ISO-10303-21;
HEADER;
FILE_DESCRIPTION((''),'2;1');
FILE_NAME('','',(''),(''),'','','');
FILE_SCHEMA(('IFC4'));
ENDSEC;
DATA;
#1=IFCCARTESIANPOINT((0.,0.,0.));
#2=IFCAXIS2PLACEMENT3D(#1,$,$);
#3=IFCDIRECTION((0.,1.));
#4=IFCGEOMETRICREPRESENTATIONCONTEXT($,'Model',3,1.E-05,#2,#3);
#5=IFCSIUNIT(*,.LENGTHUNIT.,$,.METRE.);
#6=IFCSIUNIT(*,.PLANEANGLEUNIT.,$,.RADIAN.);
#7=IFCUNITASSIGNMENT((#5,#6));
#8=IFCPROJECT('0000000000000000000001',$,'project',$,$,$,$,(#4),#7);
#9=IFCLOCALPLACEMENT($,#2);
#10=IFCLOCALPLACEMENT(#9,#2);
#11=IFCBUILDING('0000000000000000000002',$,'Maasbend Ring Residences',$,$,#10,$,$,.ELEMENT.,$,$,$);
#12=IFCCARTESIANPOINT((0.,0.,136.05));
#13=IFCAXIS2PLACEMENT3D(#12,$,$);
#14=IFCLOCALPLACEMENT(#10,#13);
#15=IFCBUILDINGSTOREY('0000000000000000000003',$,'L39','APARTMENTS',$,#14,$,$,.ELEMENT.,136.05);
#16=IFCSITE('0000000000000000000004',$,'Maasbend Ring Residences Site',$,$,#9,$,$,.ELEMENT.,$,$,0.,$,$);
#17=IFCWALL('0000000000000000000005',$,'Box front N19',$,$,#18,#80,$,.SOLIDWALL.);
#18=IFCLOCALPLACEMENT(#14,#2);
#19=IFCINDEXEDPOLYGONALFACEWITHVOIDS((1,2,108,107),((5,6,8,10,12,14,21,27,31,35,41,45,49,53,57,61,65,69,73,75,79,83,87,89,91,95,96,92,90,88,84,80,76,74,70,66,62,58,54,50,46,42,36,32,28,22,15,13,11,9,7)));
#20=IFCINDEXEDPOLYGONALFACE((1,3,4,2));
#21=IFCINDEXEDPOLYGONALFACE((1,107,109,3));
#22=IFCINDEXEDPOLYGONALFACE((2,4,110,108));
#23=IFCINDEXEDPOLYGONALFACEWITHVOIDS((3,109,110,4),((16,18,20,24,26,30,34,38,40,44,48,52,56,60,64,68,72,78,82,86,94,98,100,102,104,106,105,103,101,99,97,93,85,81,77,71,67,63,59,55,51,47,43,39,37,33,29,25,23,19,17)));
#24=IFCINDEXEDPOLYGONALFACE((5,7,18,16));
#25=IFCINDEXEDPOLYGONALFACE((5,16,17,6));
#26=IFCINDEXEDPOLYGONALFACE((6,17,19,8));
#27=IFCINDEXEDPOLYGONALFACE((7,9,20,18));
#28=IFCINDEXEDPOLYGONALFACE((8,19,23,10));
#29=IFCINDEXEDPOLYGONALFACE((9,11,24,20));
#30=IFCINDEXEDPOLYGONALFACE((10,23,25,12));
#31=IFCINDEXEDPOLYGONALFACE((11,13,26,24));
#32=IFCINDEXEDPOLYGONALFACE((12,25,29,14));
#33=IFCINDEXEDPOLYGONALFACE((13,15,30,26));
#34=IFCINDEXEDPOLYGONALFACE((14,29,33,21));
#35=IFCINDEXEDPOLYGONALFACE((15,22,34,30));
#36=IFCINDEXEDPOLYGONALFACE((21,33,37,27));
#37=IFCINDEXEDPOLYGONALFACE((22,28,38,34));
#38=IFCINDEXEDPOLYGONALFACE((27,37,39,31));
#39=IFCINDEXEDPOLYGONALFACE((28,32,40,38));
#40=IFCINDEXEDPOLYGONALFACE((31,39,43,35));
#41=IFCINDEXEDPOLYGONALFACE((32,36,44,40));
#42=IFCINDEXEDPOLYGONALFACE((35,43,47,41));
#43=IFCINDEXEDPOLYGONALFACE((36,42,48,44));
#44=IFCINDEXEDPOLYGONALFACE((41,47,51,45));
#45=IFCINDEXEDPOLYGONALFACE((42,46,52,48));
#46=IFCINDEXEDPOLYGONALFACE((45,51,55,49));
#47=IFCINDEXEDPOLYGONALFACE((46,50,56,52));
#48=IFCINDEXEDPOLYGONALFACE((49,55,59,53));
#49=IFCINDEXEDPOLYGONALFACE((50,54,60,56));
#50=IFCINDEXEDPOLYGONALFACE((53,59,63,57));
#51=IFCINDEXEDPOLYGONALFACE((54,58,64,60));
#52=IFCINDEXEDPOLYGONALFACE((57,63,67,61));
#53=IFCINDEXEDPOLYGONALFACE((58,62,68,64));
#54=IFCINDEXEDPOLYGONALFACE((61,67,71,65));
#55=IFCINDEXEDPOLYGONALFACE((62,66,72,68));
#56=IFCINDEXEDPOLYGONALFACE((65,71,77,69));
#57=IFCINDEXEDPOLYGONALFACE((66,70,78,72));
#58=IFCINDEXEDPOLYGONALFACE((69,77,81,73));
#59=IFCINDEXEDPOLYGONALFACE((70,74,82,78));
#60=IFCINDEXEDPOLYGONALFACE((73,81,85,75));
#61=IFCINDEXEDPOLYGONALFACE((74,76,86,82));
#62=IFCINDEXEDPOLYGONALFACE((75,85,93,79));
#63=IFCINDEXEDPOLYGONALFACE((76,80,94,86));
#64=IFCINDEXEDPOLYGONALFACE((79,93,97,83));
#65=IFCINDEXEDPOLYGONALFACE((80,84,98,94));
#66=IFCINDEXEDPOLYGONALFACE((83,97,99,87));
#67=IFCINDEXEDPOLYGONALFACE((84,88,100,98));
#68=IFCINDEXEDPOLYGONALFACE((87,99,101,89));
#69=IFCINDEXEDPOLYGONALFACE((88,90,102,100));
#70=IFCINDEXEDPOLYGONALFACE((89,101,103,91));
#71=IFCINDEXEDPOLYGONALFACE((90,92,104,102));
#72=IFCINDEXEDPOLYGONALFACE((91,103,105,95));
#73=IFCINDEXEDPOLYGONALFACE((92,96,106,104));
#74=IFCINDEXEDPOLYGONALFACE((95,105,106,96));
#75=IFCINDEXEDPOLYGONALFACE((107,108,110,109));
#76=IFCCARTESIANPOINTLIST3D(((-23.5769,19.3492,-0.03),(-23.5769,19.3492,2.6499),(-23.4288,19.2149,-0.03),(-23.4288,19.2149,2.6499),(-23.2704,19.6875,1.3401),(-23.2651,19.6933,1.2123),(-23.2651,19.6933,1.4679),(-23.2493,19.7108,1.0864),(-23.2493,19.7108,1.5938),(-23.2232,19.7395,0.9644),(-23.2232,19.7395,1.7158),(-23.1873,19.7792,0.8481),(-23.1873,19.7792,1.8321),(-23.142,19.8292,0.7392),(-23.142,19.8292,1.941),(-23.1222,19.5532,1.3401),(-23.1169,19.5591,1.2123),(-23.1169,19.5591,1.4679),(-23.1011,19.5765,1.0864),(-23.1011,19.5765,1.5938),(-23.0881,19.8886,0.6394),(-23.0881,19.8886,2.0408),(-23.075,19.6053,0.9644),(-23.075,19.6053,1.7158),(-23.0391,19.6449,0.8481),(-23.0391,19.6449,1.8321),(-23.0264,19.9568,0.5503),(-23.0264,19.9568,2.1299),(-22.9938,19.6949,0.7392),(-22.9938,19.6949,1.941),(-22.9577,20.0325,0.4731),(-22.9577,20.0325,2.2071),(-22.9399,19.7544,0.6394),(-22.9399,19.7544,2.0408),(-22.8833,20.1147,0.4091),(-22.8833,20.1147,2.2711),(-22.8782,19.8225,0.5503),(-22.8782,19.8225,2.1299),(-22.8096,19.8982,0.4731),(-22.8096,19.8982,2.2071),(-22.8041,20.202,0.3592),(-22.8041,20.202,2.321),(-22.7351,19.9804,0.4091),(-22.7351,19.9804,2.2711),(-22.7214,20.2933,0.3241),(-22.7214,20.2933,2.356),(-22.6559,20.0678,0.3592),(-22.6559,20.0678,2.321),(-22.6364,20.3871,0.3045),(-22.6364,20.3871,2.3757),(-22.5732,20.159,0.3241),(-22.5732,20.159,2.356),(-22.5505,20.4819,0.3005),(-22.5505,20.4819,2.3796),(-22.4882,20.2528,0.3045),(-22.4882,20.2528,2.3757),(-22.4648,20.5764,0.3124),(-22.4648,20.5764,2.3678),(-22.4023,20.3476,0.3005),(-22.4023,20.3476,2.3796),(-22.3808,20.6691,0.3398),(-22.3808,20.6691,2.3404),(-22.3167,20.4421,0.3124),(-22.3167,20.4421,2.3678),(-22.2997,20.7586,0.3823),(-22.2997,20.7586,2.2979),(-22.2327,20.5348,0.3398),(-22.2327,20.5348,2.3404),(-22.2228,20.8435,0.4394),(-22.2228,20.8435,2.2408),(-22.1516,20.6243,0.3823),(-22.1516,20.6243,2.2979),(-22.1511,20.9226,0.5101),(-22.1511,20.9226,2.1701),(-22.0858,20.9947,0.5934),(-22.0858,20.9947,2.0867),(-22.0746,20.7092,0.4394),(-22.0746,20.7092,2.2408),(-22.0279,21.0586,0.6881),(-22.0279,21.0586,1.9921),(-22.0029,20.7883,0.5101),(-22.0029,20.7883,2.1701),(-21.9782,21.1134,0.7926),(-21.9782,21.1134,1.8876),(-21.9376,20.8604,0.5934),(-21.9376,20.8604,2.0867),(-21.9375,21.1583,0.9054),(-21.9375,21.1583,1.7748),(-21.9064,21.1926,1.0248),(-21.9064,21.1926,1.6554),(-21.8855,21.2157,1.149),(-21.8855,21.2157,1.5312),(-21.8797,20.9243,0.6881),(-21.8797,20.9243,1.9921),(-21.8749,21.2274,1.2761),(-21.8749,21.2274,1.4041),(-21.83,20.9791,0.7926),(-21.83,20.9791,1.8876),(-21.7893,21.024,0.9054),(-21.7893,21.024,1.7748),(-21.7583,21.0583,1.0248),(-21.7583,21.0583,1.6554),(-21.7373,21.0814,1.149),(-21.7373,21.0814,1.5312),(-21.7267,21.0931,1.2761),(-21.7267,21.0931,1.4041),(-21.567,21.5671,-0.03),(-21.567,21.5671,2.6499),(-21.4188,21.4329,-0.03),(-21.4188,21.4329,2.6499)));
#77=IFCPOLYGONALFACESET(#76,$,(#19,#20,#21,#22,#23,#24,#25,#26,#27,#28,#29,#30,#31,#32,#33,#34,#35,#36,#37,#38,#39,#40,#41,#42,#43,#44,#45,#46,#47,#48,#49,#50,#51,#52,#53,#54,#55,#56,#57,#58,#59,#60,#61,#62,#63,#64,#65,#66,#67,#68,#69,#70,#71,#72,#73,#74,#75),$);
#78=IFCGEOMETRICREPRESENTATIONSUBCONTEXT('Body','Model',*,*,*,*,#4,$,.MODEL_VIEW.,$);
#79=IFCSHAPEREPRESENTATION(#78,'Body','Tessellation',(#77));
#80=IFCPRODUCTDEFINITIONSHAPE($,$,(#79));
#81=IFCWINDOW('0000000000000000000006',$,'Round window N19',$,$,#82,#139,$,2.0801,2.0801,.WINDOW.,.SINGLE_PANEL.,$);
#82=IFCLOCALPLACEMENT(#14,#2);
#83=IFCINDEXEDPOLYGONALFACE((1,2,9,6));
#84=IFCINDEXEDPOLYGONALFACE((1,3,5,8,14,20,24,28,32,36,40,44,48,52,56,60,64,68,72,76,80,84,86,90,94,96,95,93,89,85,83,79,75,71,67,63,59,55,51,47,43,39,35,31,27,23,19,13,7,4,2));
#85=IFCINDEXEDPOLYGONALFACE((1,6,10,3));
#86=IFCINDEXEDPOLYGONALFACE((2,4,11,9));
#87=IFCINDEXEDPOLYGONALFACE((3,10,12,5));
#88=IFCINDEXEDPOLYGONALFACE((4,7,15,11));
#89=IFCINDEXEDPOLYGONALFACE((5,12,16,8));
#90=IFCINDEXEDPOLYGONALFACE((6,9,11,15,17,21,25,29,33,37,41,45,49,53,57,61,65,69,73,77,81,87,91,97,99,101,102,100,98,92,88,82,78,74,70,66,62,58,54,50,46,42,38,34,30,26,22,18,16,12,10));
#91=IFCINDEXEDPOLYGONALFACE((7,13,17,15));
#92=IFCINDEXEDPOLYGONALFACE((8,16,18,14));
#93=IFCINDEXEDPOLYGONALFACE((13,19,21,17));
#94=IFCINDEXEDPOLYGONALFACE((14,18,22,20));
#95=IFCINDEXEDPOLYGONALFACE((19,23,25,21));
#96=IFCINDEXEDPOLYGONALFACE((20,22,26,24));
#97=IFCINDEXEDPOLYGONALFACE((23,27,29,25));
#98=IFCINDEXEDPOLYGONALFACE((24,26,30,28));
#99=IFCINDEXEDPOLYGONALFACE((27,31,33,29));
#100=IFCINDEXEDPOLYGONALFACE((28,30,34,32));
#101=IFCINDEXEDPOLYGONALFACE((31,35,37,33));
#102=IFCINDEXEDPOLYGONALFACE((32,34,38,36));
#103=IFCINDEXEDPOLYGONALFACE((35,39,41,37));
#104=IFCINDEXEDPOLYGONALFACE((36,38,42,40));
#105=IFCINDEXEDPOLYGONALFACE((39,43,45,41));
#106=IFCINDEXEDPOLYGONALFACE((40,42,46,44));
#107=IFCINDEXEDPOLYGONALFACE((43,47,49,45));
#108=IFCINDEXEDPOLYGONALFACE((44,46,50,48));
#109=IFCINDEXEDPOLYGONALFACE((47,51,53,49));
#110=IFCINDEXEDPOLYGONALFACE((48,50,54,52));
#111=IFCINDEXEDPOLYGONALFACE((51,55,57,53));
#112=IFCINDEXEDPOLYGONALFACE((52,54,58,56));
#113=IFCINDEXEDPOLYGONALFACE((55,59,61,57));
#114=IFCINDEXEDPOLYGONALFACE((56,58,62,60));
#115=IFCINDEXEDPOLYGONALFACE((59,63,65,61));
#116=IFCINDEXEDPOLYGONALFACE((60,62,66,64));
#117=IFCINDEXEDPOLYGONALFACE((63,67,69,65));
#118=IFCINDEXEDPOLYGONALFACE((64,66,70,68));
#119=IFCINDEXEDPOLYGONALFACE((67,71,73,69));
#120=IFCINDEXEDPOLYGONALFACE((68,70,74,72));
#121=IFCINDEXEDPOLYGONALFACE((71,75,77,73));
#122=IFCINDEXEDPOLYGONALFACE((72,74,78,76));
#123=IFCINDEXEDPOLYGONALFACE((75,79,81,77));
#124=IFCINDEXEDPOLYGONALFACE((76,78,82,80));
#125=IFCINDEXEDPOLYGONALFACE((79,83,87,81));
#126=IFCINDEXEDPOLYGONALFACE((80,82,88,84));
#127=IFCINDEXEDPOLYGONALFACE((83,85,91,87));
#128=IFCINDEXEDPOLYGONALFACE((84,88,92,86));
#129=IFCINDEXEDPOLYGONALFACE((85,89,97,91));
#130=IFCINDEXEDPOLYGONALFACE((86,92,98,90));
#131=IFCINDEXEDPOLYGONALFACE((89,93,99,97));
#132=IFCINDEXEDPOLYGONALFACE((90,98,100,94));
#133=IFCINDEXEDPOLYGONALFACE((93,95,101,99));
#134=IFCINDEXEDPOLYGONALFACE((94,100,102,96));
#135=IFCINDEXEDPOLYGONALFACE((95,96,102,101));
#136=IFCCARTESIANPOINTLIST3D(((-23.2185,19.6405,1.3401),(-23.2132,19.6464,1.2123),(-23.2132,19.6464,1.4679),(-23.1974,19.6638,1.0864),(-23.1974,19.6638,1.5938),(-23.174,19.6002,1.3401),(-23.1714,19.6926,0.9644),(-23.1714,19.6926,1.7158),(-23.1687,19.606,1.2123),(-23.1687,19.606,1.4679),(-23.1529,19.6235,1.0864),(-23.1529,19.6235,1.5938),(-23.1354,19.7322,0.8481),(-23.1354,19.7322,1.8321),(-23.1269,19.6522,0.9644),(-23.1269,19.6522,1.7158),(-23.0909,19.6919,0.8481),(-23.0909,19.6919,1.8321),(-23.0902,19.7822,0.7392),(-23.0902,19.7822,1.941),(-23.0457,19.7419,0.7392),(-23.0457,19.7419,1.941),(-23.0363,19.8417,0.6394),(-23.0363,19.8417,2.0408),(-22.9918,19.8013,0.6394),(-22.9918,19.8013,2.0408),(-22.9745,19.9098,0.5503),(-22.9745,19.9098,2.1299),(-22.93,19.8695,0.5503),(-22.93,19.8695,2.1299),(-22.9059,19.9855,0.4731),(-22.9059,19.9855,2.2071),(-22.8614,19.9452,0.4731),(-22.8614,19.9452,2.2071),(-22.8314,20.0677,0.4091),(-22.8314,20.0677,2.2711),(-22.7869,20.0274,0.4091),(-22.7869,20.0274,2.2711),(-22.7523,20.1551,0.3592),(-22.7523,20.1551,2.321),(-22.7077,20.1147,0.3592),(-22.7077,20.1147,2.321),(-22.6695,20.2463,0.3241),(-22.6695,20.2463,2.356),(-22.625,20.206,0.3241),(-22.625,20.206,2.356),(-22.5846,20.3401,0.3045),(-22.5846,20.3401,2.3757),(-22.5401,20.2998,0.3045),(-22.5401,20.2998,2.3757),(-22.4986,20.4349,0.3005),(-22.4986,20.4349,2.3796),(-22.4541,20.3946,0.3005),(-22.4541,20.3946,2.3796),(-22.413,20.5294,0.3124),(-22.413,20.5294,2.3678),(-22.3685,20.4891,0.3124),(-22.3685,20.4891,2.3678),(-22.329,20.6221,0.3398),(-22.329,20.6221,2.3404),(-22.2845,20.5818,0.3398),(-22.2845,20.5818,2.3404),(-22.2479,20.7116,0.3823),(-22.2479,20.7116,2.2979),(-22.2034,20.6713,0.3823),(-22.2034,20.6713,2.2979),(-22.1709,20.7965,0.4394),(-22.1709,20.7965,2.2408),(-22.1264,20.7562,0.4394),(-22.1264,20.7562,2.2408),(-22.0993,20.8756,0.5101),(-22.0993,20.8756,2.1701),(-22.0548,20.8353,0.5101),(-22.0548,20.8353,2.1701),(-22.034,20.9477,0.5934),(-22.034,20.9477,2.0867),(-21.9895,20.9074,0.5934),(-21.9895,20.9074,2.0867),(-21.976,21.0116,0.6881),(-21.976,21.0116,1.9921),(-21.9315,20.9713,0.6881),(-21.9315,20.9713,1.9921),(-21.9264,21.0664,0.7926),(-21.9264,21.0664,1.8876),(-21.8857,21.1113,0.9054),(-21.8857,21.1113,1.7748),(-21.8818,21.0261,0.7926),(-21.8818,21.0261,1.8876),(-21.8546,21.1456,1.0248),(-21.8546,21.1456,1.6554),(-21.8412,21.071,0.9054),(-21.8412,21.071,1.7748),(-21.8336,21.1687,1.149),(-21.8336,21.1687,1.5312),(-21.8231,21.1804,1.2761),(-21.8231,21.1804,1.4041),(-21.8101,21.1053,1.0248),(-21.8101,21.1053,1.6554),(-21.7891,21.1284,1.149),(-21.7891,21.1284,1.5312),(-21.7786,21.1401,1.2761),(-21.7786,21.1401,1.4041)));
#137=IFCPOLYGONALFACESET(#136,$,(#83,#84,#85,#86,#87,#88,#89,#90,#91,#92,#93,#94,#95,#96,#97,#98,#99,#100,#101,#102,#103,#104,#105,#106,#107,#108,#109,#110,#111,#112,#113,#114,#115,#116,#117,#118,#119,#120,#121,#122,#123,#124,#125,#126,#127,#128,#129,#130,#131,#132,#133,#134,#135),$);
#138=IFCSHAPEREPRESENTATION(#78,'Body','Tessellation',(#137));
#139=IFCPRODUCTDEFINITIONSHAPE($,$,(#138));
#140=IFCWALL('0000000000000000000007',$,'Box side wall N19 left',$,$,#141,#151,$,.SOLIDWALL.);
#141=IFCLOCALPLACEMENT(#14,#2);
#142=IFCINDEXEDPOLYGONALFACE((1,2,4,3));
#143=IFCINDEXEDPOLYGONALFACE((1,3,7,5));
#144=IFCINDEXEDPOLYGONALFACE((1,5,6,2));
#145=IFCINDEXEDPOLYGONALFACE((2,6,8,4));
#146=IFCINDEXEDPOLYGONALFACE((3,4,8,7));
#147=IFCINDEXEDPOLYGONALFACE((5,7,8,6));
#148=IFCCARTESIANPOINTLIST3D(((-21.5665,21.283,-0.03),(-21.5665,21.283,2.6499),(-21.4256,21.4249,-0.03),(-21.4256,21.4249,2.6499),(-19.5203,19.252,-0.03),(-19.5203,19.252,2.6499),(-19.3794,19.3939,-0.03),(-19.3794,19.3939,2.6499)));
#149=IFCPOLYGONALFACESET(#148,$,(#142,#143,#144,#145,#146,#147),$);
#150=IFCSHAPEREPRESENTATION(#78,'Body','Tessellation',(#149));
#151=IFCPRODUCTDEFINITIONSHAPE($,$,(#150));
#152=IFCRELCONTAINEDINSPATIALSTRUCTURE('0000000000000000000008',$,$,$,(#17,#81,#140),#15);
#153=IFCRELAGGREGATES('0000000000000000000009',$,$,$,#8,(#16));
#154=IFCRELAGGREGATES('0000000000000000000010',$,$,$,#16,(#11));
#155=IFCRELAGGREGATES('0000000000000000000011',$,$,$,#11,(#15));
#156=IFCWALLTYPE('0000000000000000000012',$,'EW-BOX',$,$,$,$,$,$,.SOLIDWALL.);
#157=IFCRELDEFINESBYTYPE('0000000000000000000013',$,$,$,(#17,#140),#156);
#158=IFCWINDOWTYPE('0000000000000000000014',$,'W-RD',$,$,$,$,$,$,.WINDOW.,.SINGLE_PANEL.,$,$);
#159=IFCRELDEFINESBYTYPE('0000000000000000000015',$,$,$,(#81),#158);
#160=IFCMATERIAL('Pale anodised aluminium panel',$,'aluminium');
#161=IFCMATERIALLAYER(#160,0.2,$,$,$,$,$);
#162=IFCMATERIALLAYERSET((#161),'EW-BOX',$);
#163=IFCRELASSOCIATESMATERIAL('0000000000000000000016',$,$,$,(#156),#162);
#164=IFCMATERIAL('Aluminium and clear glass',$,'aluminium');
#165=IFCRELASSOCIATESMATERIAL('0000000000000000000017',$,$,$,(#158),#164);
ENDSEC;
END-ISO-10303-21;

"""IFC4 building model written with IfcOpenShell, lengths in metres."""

from ifc_helpers import new_model, si_unit, direction, frame, frame_2d, origin, place, context, subcontext, project, spatial, rectangle, circle, extrude, material, layer, layer_set, type_object, element, fill, save


model = new_model("IFC4")

# Units and contexts
model_context = context("Model", 3, precision=1e-05, world=origin(), true_north=direction((0.0, 1.0)))
body_context = subcontext(model_context, "Body", "Model", "MODEL_VIEW")
ifc_project = project(units=[si_unit("LENGTHUNIT", "METRE"), si_unit("PLANEANGLEUNIT", "RADIAN")], contexts=[model_context])

# Site, building, storey
site_placement = place(None, origin())
site = spatial("IfcSite", under=ifc_project, at=site_placement, Name="Maasbend Ring Residences Site", CompositionType="ELEMENT", RefElevation=0.0)
building_placement = place(site_placement, origin())
building = spatial("IfcBuilding", under=site, at=building_placement, Name="Maasbend Ring Residences", CompositionType="ELEMENT")
storey_placement = place(building_placement, frame((0.0, 0.0, 136.05)))
storey = spatial("IfcBuildingStorey", under=building, at=storey_placement, Name="L39", Description="APARTMENTS", CompositionType="ELEMENT", Elevation=136.05)

# Shared definitions
ifc_material_1 = material(Name="Pale anodised aluminium panel", Category="aluminium")
ifc_layer_1 = layer(ifc_material_1, 0.2)
ifc_layer_set_1 = layer_set([ifc_layer_1], Name="EW-BOX")
wall_type_1 = type_object("IfcWallType", Name="EW-BOX", PredefinedType="SOLIDWALL", material=ifc_layer_set_1)
ifc_material_2 = material(Name="Aluminium and clear glass", Category="aluminium")
window_type_1 = type_object("IfcWindowType", Name="W-RD", PartitioningType="SINGLE_PANEL", PredefinedType="WINDOW", material=ifc_material_2)

# Wall, opening, window
wall_1_placement = place(storey_placement, frame((-21.4929, 21.5, -0.03), z_axis=(0.0, 0.0, 1.0), x_axis=(-0.671507, -0.740998, 0.0)))
wall_1 = element("IfcWall", 1, at=wall_1_placement, inside=storey, type_object=wall_type_1, Name="Box front N19", PredefinedType="SOLIDWALL", context=body_context, shape_type="SweptSolid", body=[
    extrude(rectangle(XDim=2.9932, YDim=0.2, at=frame_2d((1.4966, 0.0))), origin(), (0.0, 0.0, 1.0), 2.6799),
])
opening_1_placement = place(wall_1_placement, frame((0.4565, 0.0, 0.3301)))
opening_1 = element("IfcOpeningElement", 2, at=opening_1_placement, cuts=wall_1, PredefinedType="OPENING", context=body_context, shape_type="SweptSolid", body=[
    extrude(circle(Radius=1.04, at=frame_2d((1.04, 1.04))), frame((0.0, 0.1099, 0.0), z_axis=(0.0, -1.0, 0.0), x_axis=(1.0, 0.0, 0.0)), (0.0, 0.0, 1.0), 0.22),
])
window_1_placement = place(opening_1_placement, origin())
window_1 = element("IfcWindow", 3, at=window_1_placement, inside=storey, type_object=window_type_1, Name="Round window N19", OverallHeight=2.0801, OverallWidth=2.0801, PartitioningType="SINGLE_PANEL", PredefinedType="WINDOW", context=body_context, shape_type="SweptSolid", body=[
    extrude(circle(Radius=1.04, at=frame_2d((1.04, 1.04))), frame((0.0, 0.03, 0.0), z_axis=(0.0, -1.0, 0.0), x_axis=(1.0, 0.0, 0.0)), (0.0, 0.0, 1.0), 0.0601),
])
fill(opening_1, window_1)

# Wall
wall_2_placement = place(storey_placement, frame((-19.45, 19.323, -0.03), z_axis=(0.0, 0.0, 1.0), x_axis=(-0.709727, 0.704477, 0.0)))
element("IfcWall", 4, at=wall_2_placement, inside=storey, type_object=wall_type_1, Name="Box side wall N19 left", PredefinedType="SOLIDWALL", context=body_context, shape_type="SweptSolid", body=[
    extrude(rectangle(XDim=2.8831, YDim=0.2, at=frame_2d((1.4414, 0.0))), origin(), (0.0, 0.0, 1.0), 2.6799),
])

save(model, "model.ifc")
